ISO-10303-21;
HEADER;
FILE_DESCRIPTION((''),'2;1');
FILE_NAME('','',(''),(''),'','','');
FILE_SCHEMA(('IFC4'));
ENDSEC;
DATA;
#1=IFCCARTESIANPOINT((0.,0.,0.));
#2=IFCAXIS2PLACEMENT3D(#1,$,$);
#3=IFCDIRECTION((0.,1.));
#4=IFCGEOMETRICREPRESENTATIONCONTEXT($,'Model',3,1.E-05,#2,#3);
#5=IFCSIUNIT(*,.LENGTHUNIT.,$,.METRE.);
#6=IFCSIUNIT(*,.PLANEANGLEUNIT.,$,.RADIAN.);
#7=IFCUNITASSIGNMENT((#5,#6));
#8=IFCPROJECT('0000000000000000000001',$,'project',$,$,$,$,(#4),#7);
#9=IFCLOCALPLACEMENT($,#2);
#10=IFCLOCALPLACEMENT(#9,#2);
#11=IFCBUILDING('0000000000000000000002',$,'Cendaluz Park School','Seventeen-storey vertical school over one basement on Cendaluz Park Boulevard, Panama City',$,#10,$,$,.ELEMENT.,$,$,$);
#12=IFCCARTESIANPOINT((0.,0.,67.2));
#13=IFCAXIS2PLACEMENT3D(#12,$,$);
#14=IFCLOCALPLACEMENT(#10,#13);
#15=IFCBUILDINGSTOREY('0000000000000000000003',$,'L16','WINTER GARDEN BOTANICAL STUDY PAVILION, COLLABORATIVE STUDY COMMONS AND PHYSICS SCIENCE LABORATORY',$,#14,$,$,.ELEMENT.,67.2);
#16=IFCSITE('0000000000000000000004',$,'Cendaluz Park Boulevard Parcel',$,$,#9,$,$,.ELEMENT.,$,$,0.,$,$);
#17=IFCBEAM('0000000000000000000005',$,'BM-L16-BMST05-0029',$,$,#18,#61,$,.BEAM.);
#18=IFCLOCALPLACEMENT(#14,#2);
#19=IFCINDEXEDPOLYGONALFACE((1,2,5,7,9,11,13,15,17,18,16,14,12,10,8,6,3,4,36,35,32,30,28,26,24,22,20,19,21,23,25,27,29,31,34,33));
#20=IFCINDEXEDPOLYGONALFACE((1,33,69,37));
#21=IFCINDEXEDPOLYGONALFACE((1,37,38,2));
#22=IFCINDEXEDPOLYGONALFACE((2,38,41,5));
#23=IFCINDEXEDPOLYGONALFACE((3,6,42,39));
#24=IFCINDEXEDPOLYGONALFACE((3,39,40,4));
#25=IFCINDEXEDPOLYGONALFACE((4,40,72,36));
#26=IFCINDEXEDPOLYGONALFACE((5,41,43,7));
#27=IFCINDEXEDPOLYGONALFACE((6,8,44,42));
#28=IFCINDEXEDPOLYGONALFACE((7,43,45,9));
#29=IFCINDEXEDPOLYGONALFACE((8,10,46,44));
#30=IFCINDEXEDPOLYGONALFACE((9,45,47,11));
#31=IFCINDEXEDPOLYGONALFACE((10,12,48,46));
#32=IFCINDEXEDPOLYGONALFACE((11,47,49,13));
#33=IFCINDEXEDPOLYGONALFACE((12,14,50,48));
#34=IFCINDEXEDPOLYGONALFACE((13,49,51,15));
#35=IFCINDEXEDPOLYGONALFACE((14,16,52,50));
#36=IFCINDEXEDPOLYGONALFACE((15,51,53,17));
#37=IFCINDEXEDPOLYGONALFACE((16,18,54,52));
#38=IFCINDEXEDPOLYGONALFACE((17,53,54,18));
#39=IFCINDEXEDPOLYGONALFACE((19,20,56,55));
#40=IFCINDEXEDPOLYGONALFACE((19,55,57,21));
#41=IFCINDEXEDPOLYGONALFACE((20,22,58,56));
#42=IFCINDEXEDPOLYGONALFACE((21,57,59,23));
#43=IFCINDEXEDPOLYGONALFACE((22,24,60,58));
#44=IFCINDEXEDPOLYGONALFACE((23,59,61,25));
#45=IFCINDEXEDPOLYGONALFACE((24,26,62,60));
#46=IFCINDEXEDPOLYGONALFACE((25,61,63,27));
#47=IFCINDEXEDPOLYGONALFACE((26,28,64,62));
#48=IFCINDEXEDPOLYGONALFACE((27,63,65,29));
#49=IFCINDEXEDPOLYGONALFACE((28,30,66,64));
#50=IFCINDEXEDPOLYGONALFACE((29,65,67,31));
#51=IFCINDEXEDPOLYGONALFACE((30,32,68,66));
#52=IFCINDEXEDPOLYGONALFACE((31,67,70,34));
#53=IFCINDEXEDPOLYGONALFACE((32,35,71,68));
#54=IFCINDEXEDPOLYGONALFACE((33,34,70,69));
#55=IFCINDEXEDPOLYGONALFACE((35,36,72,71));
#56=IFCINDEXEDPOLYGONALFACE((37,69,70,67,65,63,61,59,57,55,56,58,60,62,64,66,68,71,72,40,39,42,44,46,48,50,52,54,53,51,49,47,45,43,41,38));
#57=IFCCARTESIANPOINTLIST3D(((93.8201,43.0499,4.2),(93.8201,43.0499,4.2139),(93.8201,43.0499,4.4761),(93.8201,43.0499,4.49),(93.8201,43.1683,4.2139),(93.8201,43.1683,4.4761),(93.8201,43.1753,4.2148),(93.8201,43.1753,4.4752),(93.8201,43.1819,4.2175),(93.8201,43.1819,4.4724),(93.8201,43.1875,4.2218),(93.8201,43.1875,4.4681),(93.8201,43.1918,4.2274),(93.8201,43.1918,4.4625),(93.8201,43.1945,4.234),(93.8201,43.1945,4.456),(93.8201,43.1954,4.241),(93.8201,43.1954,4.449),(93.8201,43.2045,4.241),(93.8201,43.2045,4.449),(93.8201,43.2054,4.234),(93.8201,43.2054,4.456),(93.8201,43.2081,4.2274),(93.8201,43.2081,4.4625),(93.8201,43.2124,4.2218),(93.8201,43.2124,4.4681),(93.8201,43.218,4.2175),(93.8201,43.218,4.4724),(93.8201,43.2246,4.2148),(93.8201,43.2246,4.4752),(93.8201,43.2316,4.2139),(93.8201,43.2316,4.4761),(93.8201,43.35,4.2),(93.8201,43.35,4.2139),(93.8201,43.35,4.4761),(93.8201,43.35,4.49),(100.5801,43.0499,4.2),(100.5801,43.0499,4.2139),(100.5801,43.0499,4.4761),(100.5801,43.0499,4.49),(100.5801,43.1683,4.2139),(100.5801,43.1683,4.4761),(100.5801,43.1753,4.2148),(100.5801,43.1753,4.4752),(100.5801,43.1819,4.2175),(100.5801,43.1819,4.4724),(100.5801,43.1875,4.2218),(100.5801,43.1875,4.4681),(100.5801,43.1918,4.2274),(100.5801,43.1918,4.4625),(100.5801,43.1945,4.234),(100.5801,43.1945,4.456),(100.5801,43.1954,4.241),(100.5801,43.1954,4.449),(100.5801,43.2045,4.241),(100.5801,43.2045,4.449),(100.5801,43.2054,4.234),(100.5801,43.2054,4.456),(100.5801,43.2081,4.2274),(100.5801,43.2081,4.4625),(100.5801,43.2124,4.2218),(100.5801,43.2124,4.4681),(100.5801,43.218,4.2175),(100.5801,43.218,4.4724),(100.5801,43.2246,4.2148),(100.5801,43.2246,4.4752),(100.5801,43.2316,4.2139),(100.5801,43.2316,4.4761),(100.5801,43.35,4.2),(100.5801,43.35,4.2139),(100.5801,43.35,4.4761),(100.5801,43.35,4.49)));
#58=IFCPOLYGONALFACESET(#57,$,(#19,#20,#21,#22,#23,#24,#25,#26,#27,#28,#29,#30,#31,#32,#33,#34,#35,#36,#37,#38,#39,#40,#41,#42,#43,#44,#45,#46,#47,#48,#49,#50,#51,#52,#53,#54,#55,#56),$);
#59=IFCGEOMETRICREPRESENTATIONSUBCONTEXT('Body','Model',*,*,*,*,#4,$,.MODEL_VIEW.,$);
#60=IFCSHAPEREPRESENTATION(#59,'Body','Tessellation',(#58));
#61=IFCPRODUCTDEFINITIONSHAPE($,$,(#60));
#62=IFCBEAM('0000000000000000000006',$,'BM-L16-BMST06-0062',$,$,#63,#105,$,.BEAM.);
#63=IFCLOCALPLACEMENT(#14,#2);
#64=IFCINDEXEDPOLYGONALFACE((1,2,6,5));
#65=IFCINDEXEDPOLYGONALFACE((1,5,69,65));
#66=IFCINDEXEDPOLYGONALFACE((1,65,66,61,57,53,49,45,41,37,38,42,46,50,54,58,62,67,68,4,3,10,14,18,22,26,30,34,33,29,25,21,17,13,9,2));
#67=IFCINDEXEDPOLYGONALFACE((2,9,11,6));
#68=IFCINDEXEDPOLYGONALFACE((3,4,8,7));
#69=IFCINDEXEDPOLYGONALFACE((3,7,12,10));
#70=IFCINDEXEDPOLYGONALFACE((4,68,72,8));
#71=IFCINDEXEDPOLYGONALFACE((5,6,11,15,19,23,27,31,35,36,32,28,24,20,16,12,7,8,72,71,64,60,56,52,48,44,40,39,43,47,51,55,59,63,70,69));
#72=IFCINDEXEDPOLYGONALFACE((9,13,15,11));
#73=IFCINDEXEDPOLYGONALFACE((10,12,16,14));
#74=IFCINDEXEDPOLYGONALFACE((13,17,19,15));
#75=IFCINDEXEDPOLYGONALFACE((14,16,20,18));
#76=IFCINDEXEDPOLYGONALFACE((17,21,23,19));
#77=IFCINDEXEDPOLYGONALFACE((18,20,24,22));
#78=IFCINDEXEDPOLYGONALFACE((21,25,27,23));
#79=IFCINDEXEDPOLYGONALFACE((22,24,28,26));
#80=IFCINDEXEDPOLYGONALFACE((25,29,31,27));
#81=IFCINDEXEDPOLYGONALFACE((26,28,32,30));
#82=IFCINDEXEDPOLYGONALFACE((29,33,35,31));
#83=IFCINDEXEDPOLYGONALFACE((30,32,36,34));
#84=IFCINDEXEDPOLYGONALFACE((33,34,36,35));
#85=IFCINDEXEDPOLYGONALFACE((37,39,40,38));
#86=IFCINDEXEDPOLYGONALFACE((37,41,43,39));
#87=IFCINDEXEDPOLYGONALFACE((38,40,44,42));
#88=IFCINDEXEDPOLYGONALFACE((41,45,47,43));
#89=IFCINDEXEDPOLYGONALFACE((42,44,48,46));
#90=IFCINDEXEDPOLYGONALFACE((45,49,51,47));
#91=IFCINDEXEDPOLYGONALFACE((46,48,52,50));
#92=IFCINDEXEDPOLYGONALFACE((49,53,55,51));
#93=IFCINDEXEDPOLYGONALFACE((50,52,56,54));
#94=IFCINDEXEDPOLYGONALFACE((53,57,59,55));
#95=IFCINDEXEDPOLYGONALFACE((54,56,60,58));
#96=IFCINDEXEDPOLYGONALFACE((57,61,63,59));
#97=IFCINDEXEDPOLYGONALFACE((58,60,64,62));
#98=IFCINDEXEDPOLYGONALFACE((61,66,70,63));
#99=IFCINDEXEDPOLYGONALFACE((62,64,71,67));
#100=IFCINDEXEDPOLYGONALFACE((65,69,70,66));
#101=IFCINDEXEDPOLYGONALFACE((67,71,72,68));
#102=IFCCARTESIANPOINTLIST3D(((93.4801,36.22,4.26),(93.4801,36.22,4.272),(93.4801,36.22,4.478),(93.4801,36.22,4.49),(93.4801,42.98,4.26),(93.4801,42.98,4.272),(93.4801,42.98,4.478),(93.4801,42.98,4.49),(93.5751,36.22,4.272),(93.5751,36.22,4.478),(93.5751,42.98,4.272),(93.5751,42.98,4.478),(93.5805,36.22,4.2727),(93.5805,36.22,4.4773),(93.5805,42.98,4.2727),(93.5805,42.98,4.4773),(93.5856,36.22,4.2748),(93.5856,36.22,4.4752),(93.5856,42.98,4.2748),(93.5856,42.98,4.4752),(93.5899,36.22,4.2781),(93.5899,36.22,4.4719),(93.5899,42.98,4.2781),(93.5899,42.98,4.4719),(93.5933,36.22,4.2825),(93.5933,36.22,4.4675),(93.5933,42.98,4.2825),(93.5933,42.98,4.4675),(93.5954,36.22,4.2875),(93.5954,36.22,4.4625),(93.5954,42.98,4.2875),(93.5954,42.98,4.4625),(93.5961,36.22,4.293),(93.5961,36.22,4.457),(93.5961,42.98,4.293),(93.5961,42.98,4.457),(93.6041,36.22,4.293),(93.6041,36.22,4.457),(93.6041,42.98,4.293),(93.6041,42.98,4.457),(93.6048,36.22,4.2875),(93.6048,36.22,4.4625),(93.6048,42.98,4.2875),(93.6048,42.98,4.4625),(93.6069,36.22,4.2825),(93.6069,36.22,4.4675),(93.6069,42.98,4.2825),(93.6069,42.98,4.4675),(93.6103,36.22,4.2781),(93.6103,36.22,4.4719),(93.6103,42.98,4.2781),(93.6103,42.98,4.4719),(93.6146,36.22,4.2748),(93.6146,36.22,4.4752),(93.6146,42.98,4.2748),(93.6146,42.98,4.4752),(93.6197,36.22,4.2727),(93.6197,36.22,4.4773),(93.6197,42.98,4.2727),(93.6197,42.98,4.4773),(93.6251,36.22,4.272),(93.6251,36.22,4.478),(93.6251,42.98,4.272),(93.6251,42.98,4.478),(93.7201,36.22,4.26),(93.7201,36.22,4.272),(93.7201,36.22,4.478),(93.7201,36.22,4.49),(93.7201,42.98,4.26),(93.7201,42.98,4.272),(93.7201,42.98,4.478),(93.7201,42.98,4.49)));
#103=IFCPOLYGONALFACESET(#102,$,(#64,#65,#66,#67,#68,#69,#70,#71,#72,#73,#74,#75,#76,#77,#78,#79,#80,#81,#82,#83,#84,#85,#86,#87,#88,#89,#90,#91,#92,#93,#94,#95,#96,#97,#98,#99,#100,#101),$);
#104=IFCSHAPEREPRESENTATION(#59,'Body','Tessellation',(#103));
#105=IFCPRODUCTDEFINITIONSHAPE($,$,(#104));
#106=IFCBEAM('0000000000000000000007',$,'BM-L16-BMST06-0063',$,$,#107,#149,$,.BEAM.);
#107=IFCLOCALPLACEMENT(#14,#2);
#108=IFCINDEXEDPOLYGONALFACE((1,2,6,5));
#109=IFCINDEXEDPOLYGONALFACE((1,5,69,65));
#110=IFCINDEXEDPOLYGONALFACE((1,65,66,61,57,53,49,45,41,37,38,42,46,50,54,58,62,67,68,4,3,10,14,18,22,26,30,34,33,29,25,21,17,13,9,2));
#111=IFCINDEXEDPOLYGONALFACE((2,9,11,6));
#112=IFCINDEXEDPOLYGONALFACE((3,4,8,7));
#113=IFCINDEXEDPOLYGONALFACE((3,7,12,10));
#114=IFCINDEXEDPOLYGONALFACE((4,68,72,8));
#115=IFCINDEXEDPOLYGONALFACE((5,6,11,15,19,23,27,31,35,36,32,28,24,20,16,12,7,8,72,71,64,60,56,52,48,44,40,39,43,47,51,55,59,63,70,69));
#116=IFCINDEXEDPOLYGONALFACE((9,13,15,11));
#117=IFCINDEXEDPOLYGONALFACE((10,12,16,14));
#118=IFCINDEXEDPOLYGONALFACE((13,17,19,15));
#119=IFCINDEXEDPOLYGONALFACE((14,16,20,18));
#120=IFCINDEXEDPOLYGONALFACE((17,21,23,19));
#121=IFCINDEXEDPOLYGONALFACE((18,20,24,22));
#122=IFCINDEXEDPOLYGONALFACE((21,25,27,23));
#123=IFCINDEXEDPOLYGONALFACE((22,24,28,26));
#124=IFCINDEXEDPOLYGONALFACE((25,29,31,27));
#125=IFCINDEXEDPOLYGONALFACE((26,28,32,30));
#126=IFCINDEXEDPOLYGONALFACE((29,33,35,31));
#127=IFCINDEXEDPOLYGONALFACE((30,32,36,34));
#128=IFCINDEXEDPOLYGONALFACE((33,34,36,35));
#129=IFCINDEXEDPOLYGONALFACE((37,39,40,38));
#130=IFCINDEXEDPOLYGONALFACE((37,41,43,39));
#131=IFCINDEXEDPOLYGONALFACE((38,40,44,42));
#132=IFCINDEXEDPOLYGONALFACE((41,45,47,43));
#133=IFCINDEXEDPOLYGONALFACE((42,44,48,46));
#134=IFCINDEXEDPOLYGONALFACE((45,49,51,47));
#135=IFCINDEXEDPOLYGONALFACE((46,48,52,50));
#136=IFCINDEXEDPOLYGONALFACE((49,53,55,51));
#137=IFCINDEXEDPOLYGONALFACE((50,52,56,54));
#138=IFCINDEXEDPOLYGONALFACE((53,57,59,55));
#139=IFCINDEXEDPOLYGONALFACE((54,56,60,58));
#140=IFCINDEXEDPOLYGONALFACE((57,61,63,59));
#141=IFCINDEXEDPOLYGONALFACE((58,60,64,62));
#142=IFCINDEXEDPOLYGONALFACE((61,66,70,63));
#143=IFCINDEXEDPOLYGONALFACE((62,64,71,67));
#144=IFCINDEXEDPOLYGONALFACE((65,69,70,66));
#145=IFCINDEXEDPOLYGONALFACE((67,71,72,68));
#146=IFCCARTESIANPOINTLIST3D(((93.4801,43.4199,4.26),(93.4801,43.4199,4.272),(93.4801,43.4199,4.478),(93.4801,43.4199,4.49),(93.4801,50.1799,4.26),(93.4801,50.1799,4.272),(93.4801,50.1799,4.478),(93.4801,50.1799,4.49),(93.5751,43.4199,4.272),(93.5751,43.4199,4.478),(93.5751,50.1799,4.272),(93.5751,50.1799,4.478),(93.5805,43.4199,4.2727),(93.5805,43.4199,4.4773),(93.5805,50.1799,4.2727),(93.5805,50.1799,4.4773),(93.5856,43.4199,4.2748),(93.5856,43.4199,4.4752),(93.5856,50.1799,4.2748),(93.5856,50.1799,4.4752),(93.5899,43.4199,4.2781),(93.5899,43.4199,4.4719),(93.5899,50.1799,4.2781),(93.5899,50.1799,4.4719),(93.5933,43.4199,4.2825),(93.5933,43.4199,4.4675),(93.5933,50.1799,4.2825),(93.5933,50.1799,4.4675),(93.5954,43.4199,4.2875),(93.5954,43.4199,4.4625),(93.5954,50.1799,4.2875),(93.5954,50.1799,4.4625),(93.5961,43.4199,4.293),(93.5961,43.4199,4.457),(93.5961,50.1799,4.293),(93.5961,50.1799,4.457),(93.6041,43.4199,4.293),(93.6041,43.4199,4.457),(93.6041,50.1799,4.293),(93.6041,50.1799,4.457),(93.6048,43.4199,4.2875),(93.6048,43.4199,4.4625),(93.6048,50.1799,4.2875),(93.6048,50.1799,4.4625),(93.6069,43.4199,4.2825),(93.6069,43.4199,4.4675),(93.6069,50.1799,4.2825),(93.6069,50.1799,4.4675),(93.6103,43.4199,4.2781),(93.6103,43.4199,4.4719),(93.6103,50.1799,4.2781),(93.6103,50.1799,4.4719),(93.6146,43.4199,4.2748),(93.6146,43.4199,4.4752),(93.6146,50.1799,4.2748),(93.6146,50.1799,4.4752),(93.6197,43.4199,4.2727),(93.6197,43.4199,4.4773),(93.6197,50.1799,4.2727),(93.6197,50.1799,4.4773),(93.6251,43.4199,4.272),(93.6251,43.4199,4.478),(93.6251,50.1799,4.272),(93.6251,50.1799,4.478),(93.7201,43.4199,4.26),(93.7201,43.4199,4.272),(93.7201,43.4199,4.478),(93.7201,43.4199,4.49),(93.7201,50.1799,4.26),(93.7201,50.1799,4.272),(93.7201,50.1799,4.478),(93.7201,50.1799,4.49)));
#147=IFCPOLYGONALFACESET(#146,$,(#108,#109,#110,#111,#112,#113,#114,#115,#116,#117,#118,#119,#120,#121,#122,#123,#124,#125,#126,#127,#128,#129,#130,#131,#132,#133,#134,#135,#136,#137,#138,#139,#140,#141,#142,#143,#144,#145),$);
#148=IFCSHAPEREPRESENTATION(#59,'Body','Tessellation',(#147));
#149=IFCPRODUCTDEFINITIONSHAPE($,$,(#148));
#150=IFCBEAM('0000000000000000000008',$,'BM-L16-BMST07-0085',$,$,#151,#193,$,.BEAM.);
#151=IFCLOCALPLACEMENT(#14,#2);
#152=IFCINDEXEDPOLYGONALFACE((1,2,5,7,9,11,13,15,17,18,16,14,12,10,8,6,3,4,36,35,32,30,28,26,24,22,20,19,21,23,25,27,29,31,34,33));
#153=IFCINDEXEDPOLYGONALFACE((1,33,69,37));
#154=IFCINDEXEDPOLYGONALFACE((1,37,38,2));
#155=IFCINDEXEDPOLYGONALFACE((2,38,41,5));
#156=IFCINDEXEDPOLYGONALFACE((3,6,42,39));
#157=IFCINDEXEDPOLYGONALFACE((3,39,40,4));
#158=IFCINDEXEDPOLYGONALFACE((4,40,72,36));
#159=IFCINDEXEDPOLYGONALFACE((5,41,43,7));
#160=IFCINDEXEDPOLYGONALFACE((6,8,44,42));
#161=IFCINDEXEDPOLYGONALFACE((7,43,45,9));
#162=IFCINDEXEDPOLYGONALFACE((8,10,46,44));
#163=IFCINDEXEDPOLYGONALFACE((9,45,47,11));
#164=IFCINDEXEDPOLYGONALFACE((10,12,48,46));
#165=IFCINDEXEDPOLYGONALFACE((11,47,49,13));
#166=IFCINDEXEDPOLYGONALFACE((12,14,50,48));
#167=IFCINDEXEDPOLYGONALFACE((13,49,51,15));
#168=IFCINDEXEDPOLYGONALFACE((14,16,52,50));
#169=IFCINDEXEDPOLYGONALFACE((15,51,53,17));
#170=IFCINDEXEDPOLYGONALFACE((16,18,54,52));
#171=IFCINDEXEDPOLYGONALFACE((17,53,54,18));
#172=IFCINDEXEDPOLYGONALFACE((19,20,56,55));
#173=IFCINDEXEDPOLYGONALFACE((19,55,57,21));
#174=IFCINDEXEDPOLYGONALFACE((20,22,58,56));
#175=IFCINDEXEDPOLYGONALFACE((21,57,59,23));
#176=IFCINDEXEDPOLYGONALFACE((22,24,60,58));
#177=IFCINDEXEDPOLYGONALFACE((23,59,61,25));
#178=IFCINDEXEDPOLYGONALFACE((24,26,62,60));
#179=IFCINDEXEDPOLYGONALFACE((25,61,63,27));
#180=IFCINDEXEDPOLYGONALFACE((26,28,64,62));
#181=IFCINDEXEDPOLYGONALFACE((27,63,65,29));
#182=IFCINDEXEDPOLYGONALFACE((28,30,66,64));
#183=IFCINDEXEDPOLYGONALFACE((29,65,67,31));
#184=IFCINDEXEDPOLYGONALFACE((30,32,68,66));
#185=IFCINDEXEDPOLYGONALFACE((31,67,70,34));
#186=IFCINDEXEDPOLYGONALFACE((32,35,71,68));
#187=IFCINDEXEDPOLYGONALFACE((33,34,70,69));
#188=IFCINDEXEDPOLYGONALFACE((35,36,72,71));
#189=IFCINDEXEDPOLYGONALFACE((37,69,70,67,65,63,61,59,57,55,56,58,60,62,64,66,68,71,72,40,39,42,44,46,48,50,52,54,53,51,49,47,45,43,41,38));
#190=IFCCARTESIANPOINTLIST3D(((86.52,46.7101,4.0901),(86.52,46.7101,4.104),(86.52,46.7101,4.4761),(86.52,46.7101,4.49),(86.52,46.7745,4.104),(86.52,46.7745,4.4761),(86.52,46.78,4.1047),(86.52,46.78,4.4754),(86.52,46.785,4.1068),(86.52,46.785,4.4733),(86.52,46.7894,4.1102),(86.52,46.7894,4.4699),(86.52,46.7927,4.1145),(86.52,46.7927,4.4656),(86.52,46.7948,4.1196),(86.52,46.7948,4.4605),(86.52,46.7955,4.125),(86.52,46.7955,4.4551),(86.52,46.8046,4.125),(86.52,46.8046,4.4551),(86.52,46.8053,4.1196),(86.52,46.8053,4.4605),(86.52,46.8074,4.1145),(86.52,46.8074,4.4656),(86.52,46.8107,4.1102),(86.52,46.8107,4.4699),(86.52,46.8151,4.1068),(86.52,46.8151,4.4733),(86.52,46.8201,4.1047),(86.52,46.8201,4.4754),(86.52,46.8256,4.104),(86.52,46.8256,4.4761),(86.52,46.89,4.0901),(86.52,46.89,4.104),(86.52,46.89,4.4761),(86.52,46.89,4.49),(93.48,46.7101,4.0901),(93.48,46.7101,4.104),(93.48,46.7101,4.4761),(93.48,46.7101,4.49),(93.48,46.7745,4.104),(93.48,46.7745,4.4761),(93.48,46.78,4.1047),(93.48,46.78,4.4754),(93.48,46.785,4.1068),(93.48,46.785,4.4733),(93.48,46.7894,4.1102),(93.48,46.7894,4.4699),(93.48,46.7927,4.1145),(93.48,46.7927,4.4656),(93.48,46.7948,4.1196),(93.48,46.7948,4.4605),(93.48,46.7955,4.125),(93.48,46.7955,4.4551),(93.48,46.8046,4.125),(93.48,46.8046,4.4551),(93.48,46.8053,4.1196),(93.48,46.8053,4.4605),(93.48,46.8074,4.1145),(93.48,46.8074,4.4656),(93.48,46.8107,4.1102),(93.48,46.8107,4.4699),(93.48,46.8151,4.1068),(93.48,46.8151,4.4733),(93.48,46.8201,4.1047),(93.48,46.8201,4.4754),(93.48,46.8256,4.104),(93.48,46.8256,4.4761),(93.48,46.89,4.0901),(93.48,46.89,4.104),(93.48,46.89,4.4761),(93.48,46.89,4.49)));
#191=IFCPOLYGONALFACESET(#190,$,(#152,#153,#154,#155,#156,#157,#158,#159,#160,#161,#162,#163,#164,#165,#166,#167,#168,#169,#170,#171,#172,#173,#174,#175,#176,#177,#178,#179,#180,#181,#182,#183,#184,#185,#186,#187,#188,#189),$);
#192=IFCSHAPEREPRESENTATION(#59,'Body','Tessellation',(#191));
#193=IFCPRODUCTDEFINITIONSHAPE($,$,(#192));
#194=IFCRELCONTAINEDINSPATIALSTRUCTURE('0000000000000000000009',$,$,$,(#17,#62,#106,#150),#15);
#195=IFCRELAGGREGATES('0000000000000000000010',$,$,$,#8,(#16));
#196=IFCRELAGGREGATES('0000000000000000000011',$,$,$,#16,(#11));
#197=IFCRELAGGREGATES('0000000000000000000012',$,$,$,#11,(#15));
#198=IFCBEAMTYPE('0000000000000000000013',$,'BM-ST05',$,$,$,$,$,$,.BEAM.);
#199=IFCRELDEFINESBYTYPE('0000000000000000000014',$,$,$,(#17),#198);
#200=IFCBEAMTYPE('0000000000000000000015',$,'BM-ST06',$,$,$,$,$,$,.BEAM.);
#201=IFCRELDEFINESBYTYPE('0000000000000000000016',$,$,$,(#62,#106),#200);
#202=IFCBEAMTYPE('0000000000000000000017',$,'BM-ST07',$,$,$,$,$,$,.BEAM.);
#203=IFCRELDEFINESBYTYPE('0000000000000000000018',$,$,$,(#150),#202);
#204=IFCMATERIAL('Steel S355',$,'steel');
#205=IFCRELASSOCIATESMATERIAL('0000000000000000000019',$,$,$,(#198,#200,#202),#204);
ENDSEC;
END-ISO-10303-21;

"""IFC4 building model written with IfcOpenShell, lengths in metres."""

from ifc_helpers import new_model, si_unit, direction, frame, origin, origin_2d, place, context, subcontext, project, spatial, i_section, extrude, material, material_profile, profile_set, type_object, element, save


model = new_model("IFC4")

# Units and contexts
model_context = context("Model", 3, precision=1e-05, world=origin(), true_north=direction((0.0, 1.0)))
body_context = subcontext(model_context, "Body", "Model", "MODEL_VIEW")
ifc_project = project(units=[si_unit("LENGTHUNIT", "METRE"), si_unit("PLANEANGLEUNIT", "RADIAN")], contexts=[model_context])

# Site, building, storey
site_placement = place(None, origin())
site = spatial("IfcSite", under=ifc_project, at=site_placement, Name="Cendaluz Park Boulevard Parcel", CompositionType="ELEMENT", RefElevation=0.0)
building_placement = place(site_placement, origin())
building = spatial("IfcBuilding", under=site, at=building_placement, Name="Cendaluz Park School", Description="Seventeen-storey vertical school over one basement on Cendaluz Park Boulevard, Panama City", CompositionType="ELEMENT")
storey_placement = place(building_placement, frame((0.0, 0.0, 67.2)))
storey = spatial("IfcBuildingStorey", under=building, at=storey_placement, Name="L16", Description="WINTER GARDEN BOTANICAL STUDY PAVILION, COLLABORATIVE STUDY COMMONS AND PHYSICS SCIENCE LABORATORY", CompositionType="ELEMENT", Elevation=67.2)

# Beams
ifc_material_1 = material(Name="Steel S355", Category="steel")
ifc_material_profile_1 = material_profile(ifc_material_1, i_section(OverallWidth=0.3, OverallDepth=0.29, WebThickness=0.009, FlangeThickness=0.0139, FilletRadius=0.0271, at=origin_2d()), Name="HEA 300", Category="steel")
ifc_profile_set_1 = profile_set([ifc_material_profile_1], Name="Steel S355")
beam_type_1 = type_object("IfcBeamType", Name="BM-ST05", PredefinedType="BEAM", material=ifc_profile_set_1)
beam_1_placement = place(storey_placement, frame((93.8201, 43.2, 4.345), z_axis=(1.0, 0.0, 0.0), x_axis=(0.0, 1.0, 0.0)))
element("IfcBeam", 1, at=beam_1_placement, inside=storey, type_object=beam_type_1, Name="BM-L16-BMST05-0029", PredefinedType="BEAM", context=body_context, shape_type="SweptSolid", body=[
    extrude(i_section(OverallWidth=0.3, OverallDepth=0.29, WebThickness=0.009, FlangeThickness=0.0139, FilletRadius=0.0271, at=origin_2d()), origin(), (0.0, 0.0, 1.0), 6.76),
])
ifc_material_profile_2 = material_profile(ifc_material_1, i_section(OverallWidth=0.24, OverallDepth=0.23, WebThickness=0.0081, FlangeThickness=0.012, FilletRadius=0.021, at=origin_2d()), Name="HEA 240", Category="steel")
ifc_profile_set_2 = profile_set([ifc_material_profile_2], Name="Steel S355")
beam_type_2 = type_object("IfcBeamType", Name="BM-ST06", PredefinedType="BEAM", material=ifc_profile_set_2)
for number, where, z_axis, x_axis, name in (
    (2, (93.6001, 36.22, 4.375), (0.0, 1.0, 0.0), (-1.0, 0.0, 0.0), "BM-L16-BMST06-0062"),
    (3, (93.6001, 43.4199, 4.375), (0.0, 1.0, 0.0), (-1.0, 0.0, 0.0), "BM-L16-BMST06-0063"),
):
    element("IfcBeam", number, at=place(storey_placement, frame(where, z_axis=z_axis, x_axis=x_axis)), inside=storey, type_object=beam_type_2, Name=name, PredefinedType="BEAM", context=body_context, shape_type="SweptSolid", body=[
        extrude(i_section(OverallWidth=0.24, OverallDepth=0.23, WebThickness=0.0081, FlangeThickness=0.012, FilletRadius=0.021, at=origin_2d()), origin(), (0.0, 0.0, 1.0), 6.76),
    ])
ifc_material_profile_3 = material_profile(ifc_material_1, i_section(OverallWidth=0.1799, OverallDepth=0.3999, WebThickness=0.009, FlangeThickness=0.0139, FilletRadius=0.021, at=origin_2d()), Name="IPE 400", Category="steel")
ifc_profile_set_3 = profile_set([ifc_material_profile_3], Name="Steel S355")
beam_type_3 = type_object("IfcBeamType", Name="BM-ST07", PredefinedType="BEAM", material=ifc_profile_set_3)
for number, where, z_axis, x_axis, name in (
    (4, (86.52, 46.8, 4.29), (1.0, 0.0, 0.0), (0.0, 1.0, 0.0), "BM-L16-BMST07-0085"),
):
    element("IfcBeam", number, at=place(storey_placement, frame(where, z_axis=z_axis, x_axis=x_axis)), inside=storey, type_object=beam_type_3, Name=name, PredefinedType="BEAM", context=body_context, shape_type="SweptSolid", body=[
        extrude(i_section(OverallWidth=0.1799, OverallDepth=0.3999, WebThickness=0.009, FlangeThickness=0.0139, FilletRadius=0.021, at=origin_2d()), origin(), (0.0, 0.0, 1.0), 6.96),
    ])

save(model, "model.ifc")
